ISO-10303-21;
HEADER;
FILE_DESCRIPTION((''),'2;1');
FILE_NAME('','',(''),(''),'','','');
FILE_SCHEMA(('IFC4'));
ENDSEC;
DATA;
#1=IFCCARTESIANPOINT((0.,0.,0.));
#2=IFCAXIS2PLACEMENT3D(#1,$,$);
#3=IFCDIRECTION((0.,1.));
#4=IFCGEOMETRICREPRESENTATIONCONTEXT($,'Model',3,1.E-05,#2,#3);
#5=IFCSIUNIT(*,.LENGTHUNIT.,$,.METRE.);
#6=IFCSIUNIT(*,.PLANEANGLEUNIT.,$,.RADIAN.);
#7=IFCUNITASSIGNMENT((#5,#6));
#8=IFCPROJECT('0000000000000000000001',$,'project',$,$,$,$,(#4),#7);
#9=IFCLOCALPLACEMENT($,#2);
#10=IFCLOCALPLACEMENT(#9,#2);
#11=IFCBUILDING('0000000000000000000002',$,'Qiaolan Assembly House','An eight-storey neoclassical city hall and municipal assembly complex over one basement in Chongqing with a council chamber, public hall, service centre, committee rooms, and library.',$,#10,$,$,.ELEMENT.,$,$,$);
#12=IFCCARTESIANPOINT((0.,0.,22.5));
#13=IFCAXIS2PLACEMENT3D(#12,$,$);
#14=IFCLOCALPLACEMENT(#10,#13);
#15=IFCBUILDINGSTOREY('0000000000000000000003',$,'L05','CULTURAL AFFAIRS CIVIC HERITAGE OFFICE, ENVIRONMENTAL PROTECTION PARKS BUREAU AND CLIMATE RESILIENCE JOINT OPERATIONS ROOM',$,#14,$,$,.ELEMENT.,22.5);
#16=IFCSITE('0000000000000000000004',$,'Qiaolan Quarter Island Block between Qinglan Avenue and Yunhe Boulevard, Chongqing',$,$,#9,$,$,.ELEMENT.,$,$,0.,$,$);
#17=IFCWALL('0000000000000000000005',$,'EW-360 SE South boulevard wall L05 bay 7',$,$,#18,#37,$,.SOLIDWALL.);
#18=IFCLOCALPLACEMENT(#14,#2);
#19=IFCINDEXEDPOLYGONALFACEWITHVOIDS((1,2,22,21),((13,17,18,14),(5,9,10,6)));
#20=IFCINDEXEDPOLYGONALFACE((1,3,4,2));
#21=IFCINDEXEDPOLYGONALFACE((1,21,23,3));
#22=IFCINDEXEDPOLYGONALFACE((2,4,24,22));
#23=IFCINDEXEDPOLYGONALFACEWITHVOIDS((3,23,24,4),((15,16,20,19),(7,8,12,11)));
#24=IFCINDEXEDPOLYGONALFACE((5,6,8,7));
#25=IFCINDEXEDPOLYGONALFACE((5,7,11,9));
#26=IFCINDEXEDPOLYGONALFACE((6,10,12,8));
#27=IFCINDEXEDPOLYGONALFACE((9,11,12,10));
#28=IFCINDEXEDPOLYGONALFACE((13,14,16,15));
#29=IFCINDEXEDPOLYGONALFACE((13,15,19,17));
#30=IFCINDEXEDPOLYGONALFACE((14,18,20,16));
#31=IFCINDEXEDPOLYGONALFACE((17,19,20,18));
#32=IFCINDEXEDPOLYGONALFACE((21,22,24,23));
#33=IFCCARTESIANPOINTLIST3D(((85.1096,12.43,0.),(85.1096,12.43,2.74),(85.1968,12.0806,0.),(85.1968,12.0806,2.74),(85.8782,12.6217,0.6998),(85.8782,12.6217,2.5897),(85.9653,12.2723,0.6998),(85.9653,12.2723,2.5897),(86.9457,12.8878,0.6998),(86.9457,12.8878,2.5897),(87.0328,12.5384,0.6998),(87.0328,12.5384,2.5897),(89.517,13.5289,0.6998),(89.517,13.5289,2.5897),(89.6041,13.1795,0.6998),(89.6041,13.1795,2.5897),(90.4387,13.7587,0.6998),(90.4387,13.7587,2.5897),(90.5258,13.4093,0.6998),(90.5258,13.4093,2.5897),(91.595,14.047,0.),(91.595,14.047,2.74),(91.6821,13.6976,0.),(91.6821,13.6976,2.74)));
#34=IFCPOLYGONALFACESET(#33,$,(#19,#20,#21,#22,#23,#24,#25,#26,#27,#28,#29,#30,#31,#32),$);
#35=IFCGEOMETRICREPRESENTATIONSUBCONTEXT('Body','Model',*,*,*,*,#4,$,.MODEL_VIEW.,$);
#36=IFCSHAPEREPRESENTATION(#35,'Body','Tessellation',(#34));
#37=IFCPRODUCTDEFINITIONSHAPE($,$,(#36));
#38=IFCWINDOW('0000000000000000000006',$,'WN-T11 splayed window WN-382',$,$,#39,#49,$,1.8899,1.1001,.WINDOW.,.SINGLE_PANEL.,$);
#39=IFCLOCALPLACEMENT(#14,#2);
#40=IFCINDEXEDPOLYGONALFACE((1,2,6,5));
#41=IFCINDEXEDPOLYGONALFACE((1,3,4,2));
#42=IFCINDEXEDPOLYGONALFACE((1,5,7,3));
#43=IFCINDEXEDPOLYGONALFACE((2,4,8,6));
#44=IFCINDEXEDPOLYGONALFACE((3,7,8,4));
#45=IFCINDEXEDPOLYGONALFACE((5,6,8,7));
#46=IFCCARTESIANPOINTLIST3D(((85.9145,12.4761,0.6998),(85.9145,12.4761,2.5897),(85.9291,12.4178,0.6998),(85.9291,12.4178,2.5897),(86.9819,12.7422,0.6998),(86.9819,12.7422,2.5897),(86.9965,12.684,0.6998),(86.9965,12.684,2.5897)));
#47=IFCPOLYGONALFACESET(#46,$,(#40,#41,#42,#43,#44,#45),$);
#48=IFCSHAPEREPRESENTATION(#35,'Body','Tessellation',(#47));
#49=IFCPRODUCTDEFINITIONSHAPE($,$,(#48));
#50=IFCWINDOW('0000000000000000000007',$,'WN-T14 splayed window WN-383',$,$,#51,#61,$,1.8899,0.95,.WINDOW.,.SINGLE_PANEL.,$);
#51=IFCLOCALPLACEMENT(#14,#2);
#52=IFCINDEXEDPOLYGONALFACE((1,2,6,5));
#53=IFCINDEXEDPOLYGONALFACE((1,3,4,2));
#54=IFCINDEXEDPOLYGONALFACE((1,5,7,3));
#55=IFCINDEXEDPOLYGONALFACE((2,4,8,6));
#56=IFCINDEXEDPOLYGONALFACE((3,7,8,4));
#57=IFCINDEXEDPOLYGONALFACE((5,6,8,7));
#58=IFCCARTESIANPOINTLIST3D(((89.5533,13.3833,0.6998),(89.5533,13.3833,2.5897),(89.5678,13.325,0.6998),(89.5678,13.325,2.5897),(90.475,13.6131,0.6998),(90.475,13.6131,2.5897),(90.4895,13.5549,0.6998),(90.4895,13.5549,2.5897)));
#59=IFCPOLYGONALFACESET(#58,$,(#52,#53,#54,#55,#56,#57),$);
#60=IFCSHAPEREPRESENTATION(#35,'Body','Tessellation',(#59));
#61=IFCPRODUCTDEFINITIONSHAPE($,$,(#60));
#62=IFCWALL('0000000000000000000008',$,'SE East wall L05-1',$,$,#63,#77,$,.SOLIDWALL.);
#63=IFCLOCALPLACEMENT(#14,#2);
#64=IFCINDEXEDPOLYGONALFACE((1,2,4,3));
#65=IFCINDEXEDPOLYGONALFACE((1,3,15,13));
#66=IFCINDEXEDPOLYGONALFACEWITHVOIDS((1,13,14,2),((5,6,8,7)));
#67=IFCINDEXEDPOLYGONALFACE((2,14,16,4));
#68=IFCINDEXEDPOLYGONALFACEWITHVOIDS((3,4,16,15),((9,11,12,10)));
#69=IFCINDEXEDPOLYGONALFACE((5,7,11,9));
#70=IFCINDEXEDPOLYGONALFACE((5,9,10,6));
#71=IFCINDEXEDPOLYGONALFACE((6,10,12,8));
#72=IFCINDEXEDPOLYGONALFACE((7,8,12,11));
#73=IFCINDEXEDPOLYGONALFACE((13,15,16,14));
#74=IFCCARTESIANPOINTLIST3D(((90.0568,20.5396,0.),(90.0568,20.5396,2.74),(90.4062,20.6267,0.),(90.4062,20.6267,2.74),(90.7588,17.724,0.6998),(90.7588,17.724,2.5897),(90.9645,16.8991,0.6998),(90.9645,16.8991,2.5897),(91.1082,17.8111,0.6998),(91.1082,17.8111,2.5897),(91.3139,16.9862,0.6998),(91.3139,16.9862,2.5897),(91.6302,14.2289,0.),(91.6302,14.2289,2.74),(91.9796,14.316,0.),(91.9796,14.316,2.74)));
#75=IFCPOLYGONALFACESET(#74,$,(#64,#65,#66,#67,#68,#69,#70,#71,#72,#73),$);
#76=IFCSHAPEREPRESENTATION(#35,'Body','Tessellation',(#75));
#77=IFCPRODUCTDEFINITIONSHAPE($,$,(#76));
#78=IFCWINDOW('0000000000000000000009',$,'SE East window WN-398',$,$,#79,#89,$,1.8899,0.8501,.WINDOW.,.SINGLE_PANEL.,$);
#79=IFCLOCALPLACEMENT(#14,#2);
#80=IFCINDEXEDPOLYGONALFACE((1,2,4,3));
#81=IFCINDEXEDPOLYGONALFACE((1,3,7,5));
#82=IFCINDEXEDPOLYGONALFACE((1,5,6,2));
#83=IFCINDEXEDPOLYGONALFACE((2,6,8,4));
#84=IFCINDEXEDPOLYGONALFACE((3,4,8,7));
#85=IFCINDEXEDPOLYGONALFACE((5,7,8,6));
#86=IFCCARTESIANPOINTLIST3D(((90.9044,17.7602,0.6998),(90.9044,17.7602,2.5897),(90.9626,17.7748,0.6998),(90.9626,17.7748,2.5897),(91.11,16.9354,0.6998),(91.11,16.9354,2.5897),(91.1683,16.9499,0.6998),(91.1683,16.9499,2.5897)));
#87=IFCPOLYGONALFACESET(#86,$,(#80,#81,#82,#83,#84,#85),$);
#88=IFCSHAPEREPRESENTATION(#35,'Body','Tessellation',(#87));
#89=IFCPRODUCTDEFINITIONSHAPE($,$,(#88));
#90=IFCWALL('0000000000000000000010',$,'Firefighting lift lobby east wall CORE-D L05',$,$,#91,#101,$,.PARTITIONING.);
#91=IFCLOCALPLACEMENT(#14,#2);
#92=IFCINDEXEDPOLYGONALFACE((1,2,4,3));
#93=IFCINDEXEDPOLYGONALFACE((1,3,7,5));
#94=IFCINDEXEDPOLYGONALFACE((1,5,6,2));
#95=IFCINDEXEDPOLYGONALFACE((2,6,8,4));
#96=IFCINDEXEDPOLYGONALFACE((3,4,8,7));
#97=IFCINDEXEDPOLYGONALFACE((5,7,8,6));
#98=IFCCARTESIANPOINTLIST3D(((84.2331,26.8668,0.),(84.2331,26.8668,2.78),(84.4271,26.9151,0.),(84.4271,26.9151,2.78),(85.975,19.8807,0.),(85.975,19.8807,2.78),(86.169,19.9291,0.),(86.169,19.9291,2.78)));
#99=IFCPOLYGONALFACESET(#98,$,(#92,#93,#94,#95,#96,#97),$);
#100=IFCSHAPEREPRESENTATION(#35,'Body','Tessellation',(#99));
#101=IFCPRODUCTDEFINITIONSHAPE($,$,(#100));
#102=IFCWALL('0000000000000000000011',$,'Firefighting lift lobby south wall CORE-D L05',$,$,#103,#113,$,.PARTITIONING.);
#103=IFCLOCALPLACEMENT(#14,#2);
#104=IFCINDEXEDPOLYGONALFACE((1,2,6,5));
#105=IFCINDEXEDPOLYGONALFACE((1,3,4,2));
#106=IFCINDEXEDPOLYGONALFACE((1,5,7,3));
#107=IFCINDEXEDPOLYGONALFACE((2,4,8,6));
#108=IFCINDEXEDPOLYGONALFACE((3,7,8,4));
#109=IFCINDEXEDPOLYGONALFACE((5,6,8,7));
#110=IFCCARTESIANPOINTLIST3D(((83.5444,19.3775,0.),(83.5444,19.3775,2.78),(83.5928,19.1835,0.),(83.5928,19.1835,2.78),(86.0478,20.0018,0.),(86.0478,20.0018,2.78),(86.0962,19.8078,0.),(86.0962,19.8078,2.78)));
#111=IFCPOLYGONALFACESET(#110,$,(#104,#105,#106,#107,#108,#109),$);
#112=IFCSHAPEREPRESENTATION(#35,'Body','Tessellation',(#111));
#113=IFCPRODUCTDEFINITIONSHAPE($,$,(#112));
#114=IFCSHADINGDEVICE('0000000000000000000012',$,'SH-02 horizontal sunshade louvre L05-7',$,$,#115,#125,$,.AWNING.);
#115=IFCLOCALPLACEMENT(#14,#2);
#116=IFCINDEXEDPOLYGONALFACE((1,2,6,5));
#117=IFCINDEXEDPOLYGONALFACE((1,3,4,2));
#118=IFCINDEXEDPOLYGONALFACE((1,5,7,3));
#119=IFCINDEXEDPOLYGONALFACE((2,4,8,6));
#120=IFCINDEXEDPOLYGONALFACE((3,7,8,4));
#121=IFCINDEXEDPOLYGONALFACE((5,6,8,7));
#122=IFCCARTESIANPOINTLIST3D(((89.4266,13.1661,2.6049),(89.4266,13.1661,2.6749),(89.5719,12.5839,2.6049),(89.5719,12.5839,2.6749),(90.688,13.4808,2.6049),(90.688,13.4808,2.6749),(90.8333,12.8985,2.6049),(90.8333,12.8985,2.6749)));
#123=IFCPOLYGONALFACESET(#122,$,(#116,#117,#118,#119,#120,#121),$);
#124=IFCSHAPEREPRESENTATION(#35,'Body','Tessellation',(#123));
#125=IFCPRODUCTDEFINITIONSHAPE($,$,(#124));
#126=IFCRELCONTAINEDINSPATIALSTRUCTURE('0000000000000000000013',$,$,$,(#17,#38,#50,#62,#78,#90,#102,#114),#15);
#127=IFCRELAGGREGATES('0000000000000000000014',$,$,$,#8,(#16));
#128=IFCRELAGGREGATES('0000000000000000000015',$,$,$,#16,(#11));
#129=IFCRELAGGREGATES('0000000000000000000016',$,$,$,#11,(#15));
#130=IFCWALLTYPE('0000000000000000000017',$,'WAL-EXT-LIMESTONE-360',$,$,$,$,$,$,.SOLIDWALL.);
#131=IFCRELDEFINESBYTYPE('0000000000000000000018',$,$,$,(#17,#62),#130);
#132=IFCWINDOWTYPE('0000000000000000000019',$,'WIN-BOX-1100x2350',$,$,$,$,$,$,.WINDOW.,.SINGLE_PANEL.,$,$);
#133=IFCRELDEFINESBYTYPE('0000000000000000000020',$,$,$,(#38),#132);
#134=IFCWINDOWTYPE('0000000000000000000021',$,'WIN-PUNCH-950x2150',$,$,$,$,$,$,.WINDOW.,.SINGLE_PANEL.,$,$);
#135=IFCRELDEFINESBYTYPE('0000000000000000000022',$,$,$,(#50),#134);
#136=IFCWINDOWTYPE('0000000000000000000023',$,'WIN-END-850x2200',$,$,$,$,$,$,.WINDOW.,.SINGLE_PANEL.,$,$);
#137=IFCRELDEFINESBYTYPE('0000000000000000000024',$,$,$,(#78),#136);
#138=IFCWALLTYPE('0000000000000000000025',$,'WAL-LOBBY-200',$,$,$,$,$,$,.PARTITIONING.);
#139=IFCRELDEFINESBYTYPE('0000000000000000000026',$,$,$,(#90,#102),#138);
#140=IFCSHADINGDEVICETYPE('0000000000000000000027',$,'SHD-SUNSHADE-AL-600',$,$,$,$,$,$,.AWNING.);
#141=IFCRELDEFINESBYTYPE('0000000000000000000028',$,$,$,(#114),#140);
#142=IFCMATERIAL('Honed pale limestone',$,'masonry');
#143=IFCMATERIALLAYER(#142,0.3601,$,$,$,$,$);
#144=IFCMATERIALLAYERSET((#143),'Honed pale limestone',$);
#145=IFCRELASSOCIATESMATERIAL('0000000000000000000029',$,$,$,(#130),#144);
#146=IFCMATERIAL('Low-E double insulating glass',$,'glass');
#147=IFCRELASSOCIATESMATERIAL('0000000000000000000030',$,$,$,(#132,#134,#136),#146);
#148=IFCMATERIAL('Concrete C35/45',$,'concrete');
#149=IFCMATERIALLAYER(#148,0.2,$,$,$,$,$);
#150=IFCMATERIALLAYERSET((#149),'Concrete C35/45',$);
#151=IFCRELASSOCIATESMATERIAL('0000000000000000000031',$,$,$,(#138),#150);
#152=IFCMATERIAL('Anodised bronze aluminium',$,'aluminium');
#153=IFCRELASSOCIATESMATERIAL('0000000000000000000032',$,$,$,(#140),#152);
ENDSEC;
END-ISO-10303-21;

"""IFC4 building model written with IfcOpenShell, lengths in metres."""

from ifc_helpers import new_model, si_unit, direction, frame, frame_2d, origin, origin_2d, place, context, subcontext, project, spatial, rectangle, extrude, material, layer, layer_set, material_profile, profile_set, type_object, element, fill, save


model = new_model("IFC4")

# Units and contexts
model_context = context("Model", 3, precision=1e-05, world=origin(), true_north=direction((0.0, 1.0)))
body_context = subcontext(model_context, "Body", "Model", "MODEL_VIEW")
ifc_project = project(units=[si_unit("LENGTHUNIT", "METRE"), si_unit("PLANEANGLEUNIT", "RADIAN")], contexts=[model_context])

# Site, building, storey
site_placement = place(None, origin())
site = spatial("IfcSite", under=ifc_project, at=site_placement, Name="Qiaolan Quarter Island Block between Qinglan Avenue and Yunhe Boulevard, Chongqing", CompositionType="ELEMENT", RefElevation=0.0)
building_placement = place(site_placement, origin())
building = spatial("IfcBuilding", under=site, at=building_placement, Name="Qiaolan Assembly House", Description="An eight-storey neoclassical city hall and municipal assembly complex over one basement in Chongqing with a council chamber, public hall, service centre, committee rooms, and library.", CompositionType="ELEMENT")
storey_placement = place(building_placement, frame((0.0, 0.0, 22.5)))
storey = spatial("IfcBuildingStorey", under=building, at=storey_placement, Name="L05", Description="CULTURAL AFFAIRS CIVIC HERITAGE OFFICE, ENVIRONMENTAL PROTECTION PARKS BUREAU AND CLIMATE RESILIENCE JOINT OPERATIONS ROOM", CompositionType="ELEMENT", Elevation=22.5)

# Shared definitions
ifc_material_1 = material(Name="Honed pale limestone", Category="masonry")

# Wall, openings, windows
ifc_layer_1 = layer(ifc_material_1, 0.3601)
ifc_layer_set_1 = layer_set([ifc_layer_1], Name="Honed pale limestone")
wall_type_1 = type_object("IfcWallType", Name="WAL-EXT-LIMESTONE-360", PredefinedType="SOLIDWALL", material=ifc_layer_set_1)
wall_1_placement = place(storey_placement, frame((85.1533, 12.2554, 0.0), z_axis=(0.0, 0.0, 1.0), x_axis=(0.970297, 0.241917, 0.0)))
wall_1 = element("IfcWall", 1, at=wall_1_placement, inside=storey, type_object=wall_type_1, Name="EW-360 SE South boulevard wall L05 bay 7", PredefinedType="SOLIDWALL", context=body_context, shape_type="SweptSolid", body=[
    extrude(rectangle(XDim=6.6838, YDim=0.3601, at=frame_2d((3.3418, 0.0))), origin(), (0.0, 0.0, 1.0), 2.74),
])
opening_1_placement = place(wall_1_placement, frame((0.792, 0.0, 0.7)))
opening_1 = element("IfcOpeningElement", 2, at=opening_1_placement, cuts=wall_1, PredefinedType="OPENING", context=body_context, shape_type="SweptSolid", body=[
    extrude(rectangle(XDim=1.1001, YDim=1.8899, at=frame_2d((0.55, 0.9448))), frame((0.0, 0.1899, 0.0), z_axis=(0.0, -1.0, 0.0), x_axis=(1.0, 0.0, 0.0)), (0.0, 0.0, 1.0), 0.3801),
])
opening_2_placement = place(wall_1_placement, frame((4.542, 0.0, 0.7)))
opening_2 = element("IfcOpeningElement", 3, at=opening_2_placement, cuts=wall_1, PredefinedType="OPENING", context=body_context, shape_type="SweptSolid", body=[
    extrude(rectangle(XDim=0.95, YDim=1.8899, at=frame_2d((0.4751, 0.9448))), frame((0.0, 0.1899, 0.0), z_axis=(0.0, -1.0, 0.0), x_axis=(1.0, 0.0, 0.0)), (0.0, 0.0, 1.0), 0.3801),
])
ifc_material_2 = material(Name="Low-E double insulating glass", Category="glass")
window_type_1 = type_object("IfcWindowType", Name="WIN-BOX-1100x2350", PartitioningType="SINGLE_PANEL", PredefinedType="WINDOW", material=ifc_material_2)
window_1_placement = place(opening_1_placement, origin())
window_1 = element("IfcWindow", 4, at=window_1_placement, inside=storey, type_object=window_type_1, Name="WN-T11 splayed window WN-382", OverallHeight=1.8899, OverallWidth=1.1001, PartitioningType="SINGLE_PANEL", PredefinedType="WINDOW", context=body_context, shape_type="SweptSolid", body=[
    extrude(rectangle(XDim=1.1001, YDim=1.8899, at=frame_2d((0.55, 0.9448))), frame((0.0, 0.03, 0.0), z_axis=(0.0, -1.0, 0.0), x_axis=(1.0, 0.0, 0.0)), (0.0, 0.0, 1.0), 0.0601),
])
fill(opening_1, window_1)
window_type_2 = type_object("IfcWindowType", Name="WIN-PUNCH-950x2150", PartitioningType="SINGLE_PANEL", PredefinedType="WINDOW", material=ifc_material_2)
window_2_placement = place(opening_2_placement, origin())
window_2 = element("IfcWindow", 5, at=window_2_placement, inside=storey, type_object=window_type_2, Name="WN-T14 splayed window WN-383", OverallHeight=1.8899, OverallWidth=0.95, PartitioningType="SINGLE_PANEL", PredefinedType="WINDOW", context=body_context, shape_type="SweptSolid", body=[
    extrude(rectangle(XDim=0.95, YDim=1.8899, at=frame_2d((0.4751, 0.9448))), frame((0.0, 0.03, 0.0), z_axis=(0.0, -1.0, 0.0), x_axis=(1.0, 0.0, 0.0)), (0.0, 0.0, 1.0), 0.0601),
])
fill(opening_2, window_2)

# Wall, opening, window
wall_2_placement = place(storey_placement, frame((91.8049, 14.2725, 0.0), z_axis=(0.0, 0.0, 1.0), x_axis=(-0.241926, 0.970295, 0.0)))
wall_2 = element("IfcWall", 6, at=wall_2_placement, inside=storey, type_object=wall_type_1, Name="SE East wall L05-1", PredefinedType="SOLIDWALL", context=body_context, shape_type="SweptSolid", body=[
    extrude(rectangle(XDim=6.5039, YDim=0.3601, at=frame_2d((3.252, 0.0))), origin(), (0.0, 0.0, 1.0), 2.74),
])
opening_3_placement = place(wall_2_placement, frame((2.752, 0.0, 0.7)))
opening_3 = element("IfcOpeningElement", 7, at=opening_3_placement, cuts=wall_2, PredefinedType="OPENING", context=body_context, shape_type="SweptSolid", body=[
    extrude(rectangle(XDim=0.8501, YDim=1.8899, at=frame_2d((0.425, 0.9448))), frame((0.0, 0.1899, 0.0), z_axis=(0.0, -1.0, 0.0), x_axis=(1.0, 0.0, 0.0)), (0.0, 0.0, 1.0), 0.3801),
])
window_type_3 = type_object("IfcWindowType", Name="WIN-END-850x2200", PartitioningType="SINGLE_PANEL", PredefinedType="WINDOW", material=ifc_material_2)
window_3_placement = place(opening_3_placement, origin())
window_3 = element("IfcWindow", 8, at=window_3_placement, inside=storey, type_object=window_type_3, Name="SE East window WN-398", OverallHeight=1.8899, OverallWidth=0.8501, PartitioningType="SINGLE_PANEL", PredefinedType="WINDOW", context=body_context, shape_type="SweptSolid", body=[
    extrude(rectangle(XDim=0.8501, YDim=1.8899, at=frame_2d((0.425, 0.9448))), frame((0.0, 0.03, 0.0), z_axis=(0.0, -1.0, 0.0), x_axis=(1.0, 0.0, 0.0)), (0.0, 0.0, 1.0), 0.0601),
])
fill(opening_3, window_3)

# Walls
ifc_material_3 = material(Name="Concrete C35/45", Category="concrete")
ifc_layer_2 = layer(ifc_material_3, 0.2)
ifc_layer_set_2 = layer_set([ifc_layer_2], Name="Concrete C35/45")
wall_type_2 = type_object("IfcWallType", Name="WAL-LOBBY-200", PredefinedType="PARTITIONING", material=ifc_layer_set_2)
wall_3_placement = place(storey_placement, frame((86.072, 19.9048, 0.0), z_axis=(0.0, 0.0, 1.0), x_axis=(-0.241937, 0.970292, 0.0)))
element("IfcWall", 9, at=wall_3_placement, inside=storey, type_object=wall_type_2, Name="Firefighting lift lobby east wall CORE-D L05", PredefinedType="PARTITIONING", context=body_context, shape_type="SweptSolid", body=[
    extrude(rectangle(XDim=7.2, YDim=0.2, at=frame_2d((3.6001, 0.0))), origin(), (0.0, 0.0, 1.0), 2.78),
])
wall_4_placement = place(storey_placement, frame((83.5686, 19.2805, 0.0), z_axis=(0.0, 0.0, 1.0), x_axis=(0.970287, 0.241957, 0.0)))
element("IfcWall", 10, at=wall_4_placement, inside=storey, type_object=wall_type_2, Name="Firefighting lift lobby south wall CORE-D L05", PredefinedType="PARTITIONING", context=body_context, shape_type="SweptSolid", body=[
    extrude(rectangle(XDim=2.5801, YDim=0.2, at=frame_2d((1.29, 0.0))), origin(), (0.0, 0.0, 1.0), 2.78),
])

# Shading device
ifc_material_4 = material(Name="Anodised bronze aluminium", Category="aluminium")
ifc_material_profile_1 = material_profile(ifc_material_4, rectangle(XDim=0.6001, YDim=0.0701, at=origin_2d()), Name="SHD 600x70")
ifc_profile_set_1 = profile_set([ifc_material_profile_1], Name="Anodised bronze aluminium")
shading_device_type = type_object("IfcShadingDeviceType", Name="SHD-SUNSHADE-AL-600", PredefinedType="AWNING", material=ifc_profile_set_1)
shading_device_placement = place(storey_placement, frame((89.4993, 12.875, 2.6399), z_axis=(0.970264, 0.24205, 0.0), x_axis=(-0.24205, 0.970264, 0.0)))
element("IfcShadingDevice", 11, at=shading_device_placement, inside=storey, type_object=shading_device_type, Name="SH-02 horizontal sunshade louvre L05-7", PredefinedType="AWNING", context=body_context, shape_type="SweptSolid", body=[
    extrude(rectangle(XDim=0.6001, YDim=0.0701, at=origin_2d()), origin(), (0.0, 0.0, 1.0), 1.3),
])

save(model, "model.ifc")
